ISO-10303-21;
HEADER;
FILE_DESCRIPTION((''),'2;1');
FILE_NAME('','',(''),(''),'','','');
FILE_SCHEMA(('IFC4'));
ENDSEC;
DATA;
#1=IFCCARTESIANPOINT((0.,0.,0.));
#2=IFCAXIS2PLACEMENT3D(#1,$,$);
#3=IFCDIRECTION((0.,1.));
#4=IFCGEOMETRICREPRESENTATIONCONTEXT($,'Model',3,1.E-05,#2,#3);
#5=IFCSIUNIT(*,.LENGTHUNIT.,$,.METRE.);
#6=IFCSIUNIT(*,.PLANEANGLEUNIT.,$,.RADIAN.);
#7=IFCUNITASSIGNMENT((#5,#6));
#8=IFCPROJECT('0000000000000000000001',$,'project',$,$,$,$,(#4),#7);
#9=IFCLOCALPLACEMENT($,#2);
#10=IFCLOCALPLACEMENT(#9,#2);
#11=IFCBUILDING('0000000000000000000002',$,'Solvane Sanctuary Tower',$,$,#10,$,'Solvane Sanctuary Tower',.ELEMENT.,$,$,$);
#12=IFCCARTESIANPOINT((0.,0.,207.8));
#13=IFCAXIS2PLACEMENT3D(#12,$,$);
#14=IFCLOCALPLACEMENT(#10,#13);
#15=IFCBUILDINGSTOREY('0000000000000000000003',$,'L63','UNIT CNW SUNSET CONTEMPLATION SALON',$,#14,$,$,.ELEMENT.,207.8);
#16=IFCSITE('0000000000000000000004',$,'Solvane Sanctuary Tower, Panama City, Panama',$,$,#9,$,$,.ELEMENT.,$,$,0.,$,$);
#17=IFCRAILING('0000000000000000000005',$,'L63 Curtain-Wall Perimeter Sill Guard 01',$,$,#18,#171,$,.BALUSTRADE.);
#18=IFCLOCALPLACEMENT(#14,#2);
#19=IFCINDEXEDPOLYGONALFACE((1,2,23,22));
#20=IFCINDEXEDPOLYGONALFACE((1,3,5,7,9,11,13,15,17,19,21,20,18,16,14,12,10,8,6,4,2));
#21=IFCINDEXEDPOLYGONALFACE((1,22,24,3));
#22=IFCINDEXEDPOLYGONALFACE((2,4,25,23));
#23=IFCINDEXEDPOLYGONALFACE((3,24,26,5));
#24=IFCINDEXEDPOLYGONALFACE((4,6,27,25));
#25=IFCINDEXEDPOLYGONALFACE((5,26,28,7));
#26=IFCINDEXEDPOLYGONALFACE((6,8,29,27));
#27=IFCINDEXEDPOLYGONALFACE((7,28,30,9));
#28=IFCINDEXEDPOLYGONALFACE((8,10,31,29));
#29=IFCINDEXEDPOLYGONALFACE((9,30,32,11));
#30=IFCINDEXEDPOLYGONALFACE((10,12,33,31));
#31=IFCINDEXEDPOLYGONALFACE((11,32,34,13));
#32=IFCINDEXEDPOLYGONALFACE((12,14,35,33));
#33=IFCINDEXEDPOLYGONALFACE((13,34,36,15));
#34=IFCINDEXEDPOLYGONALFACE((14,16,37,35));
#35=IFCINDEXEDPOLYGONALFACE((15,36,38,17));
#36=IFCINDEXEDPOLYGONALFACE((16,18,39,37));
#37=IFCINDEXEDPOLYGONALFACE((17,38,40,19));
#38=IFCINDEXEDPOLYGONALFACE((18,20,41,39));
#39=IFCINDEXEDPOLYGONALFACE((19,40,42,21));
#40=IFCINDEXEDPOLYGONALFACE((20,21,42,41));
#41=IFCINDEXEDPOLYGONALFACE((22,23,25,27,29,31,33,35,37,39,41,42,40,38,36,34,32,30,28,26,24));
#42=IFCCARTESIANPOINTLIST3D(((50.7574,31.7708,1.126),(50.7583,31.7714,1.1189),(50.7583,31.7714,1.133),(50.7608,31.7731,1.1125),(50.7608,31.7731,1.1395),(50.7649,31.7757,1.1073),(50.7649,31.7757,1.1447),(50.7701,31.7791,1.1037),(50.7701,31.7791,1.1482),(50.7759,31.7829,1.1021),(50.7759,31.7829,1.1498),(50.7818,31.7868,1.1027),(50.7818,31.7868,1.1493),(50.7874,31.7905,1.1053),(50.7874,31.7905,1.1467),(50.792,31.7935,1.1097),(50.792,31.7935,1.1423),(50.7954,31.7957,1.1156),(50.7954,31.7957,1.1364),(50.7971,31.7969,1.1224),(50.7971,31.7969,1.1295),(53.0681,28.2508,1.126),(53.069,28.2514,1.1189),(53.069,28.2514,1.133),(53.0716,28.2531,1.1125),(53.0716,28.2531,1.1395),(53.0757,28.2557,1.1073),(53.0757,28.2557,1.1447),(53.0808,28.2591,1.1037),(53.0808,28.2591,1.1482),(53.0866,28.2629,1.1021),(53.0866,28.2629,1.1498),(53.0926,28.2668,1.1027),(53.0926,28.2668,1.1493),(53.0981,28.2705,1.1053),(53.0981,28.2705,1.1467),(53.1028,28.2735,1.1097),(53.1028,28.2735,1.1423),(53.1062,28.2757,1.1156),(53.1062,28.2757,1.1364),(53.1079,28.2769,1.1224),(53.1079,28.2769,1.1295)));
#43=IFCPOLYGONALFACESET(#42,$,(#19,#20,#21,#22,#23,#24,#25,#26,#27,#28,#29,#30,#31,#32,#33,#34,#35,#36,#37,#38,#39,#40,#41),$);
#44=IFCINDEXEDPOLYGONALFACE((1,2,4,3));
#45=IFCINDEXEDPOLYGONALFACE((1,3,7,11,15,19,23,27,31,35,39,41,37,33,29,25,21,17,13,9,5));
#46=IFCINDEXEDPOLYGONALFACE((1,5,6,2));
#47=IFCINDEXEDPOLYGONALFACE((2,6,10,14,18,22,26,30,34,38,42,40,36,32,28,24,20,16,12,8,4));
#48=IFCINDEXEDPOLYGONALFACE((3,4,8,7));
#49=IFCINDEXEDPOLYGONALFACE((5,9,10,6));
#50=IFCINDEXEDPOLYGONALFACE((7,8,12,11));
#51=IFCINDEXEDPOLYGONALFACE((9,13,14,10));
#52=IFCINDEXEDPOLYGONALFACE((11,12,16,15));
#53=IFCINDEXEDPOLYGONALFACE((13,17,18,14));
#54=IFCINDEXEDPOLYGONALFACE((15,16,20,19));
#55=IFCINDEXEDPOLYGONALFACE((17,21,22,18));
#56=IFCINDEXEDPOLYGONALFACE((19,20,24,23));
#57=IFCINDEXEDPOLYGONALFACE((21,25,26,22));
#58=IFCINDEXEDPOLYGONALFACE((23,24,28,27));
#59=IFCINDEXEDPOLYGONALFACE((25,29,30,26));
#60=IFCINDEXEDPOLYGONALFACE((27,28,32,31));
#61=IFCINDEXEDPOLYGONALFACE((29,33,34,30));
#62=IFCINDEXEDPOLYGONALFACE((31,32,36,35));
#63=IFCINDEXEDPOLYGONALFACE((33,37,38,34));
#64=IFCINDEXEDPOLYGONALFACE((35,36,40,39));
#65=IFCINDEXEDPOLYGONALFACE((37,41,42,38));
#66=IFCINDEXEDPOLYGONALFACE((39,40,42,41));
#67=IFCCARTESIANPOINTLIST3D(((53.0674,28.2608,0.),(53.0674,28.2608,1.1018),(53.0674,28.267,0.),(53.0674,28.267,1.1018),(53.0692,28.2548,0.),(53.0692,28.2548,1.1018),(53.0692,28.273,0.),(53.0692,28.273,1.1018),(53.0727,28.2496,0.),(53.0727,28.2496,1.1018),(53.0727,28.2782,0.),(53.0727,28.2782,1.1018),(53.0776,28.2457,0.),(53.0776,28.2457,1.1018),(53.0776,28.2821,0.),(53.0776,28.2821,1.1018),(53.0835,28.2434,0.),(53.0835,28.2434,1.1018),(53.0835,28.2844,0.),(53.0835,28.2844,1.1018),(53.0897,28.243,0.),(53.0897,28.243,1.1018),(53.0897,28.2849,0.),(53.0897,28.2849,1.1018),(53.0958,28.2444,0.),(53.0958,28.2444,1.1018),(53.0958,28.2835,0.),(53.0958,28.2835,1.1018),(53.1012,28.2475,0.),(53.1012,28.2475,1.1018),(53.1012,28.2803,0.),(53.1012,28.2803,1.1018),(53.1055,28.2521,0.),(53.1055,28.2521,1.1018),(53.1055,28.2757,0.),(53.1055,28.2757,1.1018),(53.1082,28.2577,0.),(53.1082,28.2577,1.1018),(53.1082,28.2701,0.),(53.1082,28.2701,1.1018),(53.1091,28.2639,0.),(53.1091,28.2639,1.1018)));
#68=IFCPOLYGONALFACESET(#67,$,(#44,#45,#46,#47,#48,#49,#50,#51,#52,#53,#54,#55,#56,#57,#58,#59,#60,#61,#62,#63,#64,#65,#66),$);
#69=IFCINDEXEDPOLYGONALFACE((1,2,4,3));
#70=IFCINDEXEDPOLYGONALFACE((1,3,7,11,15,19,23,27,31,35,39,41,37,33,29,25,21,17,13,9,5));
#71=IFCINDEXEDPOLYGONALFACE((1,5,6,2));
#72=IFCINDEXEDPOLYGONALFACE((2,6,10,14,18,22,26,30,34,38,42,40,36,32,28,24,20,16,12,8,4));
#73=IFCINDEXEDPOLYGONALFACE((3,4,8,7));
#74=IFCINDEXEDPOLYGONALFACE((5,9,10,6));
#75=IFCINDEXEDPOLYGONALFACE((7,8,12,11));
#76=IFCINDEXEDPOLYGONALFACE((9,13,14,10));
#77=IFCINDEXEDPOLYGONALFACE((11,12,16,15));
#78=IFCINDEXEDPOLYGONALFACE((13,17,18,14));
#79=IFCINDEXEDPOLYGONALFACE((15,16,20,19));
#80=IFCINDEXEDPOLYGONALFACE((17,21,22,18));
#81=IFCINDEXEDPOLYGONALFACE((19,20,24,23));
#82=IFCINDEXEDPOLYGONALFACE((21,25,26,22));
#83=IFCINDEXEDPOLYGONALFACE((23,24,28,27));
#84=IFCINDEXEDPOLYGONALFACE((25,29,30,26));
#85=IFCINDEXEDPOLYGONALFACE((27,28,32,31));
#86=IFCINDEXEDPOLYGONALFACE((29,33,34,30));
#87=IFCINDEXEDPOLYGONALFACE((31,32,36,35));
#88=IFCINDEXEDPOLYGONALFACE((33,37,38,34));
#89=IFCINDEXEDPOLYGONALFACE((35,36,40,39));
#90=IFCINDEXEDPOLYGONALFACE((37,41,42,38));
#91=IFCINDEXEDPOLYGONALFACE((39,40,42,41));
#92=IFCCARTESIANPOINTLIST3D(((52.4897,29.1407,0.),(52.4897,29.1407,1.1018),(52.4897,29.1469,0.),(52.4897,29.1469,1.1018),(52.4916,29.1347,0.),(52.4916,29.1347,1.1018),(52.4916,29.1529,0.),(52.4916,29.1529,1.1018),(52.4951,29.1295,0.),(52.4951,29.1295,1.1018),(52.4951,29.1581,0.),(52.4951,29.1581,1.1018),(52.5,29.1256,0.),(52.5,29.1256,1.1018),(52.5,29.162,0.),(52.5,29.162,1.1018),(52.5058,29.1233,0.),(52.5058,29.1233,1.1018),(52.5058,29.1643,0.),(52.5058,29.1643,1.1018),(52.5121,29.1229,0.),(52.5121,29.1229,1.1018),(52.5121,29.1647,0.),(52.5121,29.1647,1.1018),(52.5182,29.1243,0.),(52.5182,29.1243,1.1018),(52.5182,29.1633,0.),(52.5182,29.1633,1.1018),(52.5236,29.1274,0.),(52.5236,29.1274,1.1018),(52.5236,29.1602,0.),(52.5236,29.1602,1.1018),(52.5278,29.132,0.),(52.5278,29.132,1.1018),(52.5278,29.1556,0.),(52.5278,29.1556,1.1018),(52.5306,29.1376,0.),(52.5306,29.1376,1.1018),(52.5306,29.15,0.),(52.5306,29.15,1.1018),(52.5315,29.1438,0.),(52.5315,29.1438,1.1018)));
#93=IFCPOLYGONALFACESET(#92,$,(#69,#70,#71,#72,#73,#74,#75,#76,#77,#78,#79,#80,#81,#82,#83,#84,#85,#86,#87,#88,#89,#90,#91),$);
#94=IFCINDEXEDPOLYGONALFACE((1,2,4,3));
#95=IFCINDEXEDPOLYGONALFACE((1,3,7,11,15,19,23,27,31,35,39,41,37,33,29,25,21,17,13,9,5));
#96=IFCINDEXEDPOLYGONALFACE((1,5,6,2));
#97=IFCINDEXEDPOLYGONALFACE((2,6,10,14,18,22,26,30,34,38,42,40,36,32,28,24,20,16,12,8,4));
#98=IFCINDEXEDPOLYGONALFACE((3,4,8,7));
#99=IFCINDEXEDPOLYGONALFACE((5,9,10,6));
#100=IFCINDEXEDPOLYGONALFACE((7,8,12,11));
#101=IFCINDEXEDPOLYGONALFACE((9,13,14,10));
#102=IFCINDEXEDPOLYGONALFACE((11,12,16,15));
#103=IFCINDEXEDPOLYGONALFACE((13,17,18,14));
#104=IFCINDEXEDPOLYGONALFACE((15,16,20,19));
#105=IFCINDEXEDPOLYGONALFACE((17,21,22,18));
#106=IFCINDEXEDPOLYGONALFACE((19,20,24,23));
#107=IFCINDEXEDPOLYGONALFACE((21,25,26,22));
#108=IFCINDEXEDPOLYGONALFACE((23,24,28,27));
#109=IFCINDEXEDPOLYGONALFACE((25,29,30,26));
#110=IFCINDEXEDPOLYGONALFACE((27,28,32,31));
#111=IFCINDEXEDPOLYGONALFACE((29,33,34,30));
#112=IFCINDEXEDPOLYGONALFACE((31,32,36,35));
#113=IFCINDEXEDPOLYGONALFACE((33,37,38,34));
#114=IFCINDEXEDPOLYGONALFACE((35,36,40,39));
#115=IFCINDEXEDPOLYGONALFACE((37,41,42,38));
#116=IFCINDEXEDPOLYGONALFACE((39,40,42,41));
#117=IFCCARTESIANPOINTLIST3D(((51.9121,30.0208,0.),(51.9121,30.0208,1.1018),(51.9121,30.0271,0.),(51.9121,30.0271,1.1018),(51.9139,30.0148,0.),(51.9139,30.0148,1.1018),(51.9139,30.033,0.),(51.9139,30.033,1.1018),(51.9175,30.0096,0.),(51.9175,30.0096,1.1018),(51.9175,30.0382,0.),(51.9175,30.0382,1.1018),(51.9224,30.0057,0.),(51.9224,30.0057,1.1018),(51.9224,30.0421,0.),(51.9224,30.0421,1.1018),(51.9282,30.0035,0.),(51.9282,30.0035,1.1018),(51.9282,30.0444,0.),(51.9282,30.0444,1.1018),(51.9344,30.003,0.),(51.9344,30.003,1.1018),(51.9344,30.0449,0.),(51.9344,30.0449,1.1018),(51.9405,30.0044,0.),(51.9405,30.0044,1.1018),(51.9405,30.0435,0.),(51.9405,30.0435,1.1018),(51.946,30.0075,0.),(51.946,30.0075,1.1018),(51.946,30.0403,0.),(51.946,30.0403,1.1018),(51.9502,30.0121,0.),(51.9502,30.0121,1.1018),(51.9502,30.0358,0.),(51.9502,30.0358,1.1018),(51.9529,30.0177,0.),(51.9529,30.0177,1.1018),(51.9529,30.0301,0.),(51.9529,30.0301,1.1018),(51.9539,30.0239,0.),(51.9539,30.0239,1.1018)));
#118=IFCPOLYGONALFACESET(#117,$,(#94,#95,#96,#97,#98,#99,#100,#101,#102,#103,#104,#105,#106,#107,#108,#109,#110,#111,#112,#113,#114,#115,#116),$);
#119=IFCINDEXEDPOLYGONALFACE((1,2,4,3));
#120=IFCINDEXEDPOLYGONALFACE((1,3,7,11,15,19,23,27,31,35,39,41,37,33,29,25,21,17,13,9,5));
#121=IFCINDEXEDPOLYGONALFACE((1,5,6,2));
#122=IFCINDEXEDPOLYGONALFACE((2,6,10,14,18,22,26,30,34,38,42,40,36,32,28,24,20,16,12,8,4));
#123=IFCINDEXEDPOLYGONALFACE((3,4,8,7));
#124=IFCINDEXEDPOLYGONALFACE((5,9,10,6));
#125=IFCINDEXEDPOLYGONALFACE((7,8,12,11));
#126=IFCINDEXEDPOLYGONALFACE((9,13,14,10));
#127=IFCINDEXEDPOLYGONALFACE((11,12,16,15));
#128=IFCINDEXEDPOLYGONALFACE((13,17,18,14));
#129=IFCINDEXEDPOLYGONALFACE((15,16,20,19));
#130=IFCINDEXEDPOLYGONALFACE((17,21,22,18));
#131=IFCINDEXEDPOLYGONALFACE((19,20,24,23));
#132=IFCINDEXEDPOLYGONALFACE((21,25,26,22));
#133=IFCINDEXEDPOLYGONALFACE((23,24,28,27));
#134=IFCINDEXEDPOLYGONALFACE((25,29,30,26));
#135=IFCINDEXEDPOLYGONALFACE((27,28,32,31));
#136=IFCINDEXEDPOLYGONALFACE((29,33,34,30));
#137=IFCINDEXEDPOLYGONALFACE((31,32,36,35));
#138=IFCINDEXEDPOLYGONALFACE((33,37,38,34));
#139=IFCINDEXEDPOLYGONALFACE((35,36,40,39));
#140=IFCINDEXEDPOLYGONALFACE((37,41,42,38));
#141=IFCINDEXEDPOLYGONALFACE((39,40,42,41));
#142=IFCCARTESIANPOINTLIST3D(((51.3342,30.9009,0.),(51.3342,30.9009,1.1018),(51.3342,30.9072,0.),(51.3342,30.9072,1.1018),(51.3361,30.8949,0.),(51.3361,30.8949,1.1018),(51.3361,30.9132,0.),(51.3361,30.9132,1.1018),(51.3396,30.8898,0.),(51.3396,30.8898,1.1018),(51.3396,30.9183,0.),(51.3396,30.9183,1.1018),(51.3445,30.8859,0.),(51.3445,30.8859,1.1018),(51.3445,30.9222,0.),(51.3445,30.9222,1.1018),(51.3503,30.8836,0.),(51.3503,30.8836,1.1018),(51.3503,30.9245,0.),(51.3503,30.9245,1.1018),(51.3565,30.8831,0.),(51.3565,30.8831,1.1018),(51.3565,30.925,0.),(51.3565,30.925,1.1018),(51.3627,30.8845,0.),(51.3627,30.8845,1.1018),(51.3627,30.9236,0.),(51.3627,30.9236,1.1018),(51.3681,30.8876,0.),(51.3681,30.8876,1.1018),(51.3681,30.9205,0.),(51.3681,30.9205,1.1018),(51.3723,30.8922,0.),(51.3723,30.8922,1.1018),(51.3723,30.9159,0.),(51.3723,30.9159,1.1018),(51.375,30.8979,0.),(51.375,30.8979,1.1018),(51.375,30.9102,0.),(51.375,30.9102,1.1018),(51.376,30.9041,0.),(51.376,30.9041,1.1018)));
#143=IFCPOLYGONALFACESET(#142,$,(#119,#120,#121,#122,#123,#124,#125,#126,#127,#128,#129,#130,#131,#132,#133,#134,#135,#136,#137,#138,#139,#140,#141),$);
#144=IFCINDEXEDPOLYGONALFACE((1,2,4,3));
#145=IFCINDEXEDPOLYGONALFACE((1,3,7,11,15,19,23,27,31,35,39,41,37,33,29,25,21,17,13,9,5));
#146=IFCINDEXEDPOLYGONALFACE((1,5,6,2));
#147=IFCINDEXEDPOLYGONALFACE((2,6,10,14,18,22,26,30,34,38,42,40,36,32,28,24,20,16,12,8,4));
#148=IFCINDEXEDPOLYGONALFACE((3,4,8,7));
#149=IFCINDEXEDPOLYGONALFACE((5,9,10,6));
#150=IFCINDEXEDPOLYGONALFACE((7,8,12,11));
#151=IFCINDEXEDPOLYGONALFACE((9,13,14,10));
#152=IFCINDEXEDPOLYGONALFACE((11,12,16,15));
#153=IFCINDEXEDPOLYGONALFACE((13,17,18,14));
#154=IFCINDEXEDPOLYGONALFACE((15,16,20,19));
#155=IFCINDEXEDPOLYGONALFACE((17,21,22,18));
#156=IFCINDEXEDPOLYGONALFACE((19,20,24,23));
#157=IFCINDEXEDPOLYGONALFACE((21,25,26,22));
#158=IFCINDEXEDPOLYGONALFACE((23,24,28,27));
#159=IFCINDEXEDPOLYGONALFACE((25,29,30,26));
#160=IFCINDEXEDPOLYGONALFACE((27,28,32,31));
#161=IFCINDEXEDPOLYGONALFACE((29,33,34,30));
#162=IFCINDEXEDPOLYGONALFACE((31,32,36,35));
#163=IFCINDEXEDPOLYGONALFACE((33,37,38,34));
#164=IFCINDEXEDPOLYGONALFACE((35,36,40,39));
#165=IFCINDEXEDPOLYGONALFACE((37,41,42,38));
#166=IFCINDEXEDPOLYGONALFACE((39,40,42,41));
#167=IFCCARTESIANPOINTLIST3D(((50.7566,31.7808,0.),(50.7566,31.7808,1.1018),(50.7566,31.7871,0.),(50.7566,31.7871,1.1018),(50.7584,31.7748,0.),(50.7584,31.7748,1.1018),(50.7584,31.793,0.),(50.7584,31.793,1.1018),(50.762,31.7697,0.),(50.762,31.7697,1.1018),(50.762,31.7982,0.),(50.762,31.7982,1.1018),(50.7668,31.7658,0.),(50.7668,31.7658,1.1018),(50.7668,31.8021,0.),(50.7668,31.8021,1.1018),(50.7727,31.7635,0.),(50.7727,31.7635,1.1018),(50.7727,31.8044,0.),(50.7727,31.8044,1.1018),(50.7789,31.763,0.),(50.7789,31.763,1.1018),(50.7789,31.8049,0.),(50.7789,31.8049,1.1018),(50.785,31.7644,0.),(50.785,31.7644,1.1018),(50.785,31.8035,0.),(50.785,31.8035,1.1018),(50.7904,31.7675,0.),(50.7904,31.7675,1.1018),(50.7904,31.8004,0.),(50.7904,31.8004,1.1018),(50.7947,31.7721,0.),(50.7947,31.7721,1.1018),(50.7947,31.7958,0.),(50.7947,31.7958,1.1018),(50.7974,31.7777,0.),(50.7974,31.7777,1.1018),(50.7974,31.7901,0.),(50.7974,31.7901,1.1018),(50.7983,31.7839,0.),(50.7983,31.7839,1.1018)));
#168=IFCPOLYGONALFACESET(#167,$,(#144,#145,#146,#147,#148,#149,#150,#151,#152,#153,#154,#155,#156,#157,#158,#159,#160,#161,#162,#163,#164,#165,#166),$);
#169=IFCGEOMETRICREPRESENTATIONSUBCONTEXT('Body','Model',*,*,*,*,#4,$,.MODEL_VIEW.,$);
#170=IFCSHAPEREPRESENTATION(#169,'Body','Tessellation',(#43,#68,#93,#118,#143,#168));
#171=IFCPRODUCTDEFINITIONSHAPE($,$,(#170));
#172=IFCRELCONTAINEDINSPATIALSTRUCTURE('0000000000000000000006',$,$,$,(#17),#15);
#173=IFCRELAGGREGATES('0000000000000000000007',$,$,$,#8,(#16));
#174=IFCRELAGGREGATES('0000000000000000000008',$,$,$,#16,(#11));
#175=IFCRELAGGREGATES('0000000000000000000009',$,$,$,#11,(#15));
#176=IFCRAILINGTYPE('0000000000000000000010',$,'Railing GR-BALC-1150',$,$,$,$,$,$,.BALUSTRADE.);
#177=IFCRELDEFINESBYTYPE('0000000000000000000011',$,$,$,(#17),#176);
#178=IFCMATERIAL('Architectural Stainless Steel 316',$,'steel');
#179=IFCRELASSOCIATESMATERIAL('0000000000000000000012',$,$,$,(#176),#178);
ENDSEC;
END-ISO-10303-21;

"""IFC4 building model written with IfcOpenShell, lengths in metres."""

from ifc_helpers import new_model, si_unit, direction, frame, origin, origin_2d, place, context, subcontext, project, spatial, circle, extrude, material, type_object, element, save


model = new_model("IFC4")

# Units and contexts
model_context = context("Model", 3, precision=1e-05, world=origin(), true_north=direction((0.0, 1.0)))
body_context = subcontext(model_context, "Body", "Model", "MODEL_VIEW")
ifc_project = project(units=[si_unit("LENGTHUNIT", "METRE"), si_unit("PLANEANGLEUNIT", "RADIAN")], contexts=[model_context])

# Site, building, storey
site_placement = place(None, origin())
site = spatial("IfcSite", under=ifc_project, at=site_placement, Name="Solvane Sanctuary Tower, Panama City, Panama", CompositionType="ELEMENT", RefElevation=0.0)
building_placement = place(site_placement, origin())
building = spatial("IfcBuilding", under=site, at=building_placement, Name="Solvane Sanctuary Tower", LongName="Solvane Sanctuary Tower", CompositionType="ELEMENT")
storey_placement = place(building_placement, frame((0.0, 0.0, 207.8)))
storey = spatial("IfcBuildingStorey", under=building, at=storey_placement, Name="L63", Description="UNIT CNW SUNSET CONTEMPLATION SALON", CompositionType="ELEMENT", Elevation=207.8)

# Shared definitions
ifc_material_1 = material(Name="Architectural Stainless Steel 316", Category="steel")

# Railing
railing_type = type_object("IfcRailingType", Name="Railing GR-BALC-1150", PredefinedType="BALUSTRADE", material=ifc_material_1)
railing_1_placement = place(storey_placement, frame((53.0881, 28.2639, 0.0)))
element("IfcRailing", 1, at=railing_1_placement, inside=storey, type_object=railing_type, Name="L63 Curtain-Wall Perimeter Sill Guard 01", PredefinedType="BALUSTRADE", context=body_context, shape_type="SweptSolid", body=[
    extrude(circle(Radius=0.0239, at=origin_2d()), frame((0.0, 0.0, 1.126), z_axis=(-0.548786, 0.835963, 0.0), x_axis=(-0.835963, -0.548786, 0.0)), (0.0, 0.0, 1.0), 4.2107),
    extrude(circle(Radius=0.021, at=origin_2d()), origin(), (0.0, 0.0, 1.0), 1.1018),
    extrude(circle(Radius=0.021, at=origin_2d()), frame((-0.5776, 0.8799, 0.0)), (0.0, 0.0, 1.0), 1.1018),
    extrude(circle(Radius=0.021, at=origin_2d()), frame((-1.1553, 1.76, 0.0)), (0.0, 0.0, 1.0), 1.1018),
    extrude(circle(Radius=0.021, at=origin_2d()), frame((-1.7332, 2.6401, 0.0)), (0.0, 0.0, 1.0), 1.1018),
    extrude(circle(Radius=0.021, at=origin_2d()), frame((-2.3108, 3.52, 0.0)), (0.0, 0.0, 1.0), 1.1018),
])

save(model, "model.ifc")
